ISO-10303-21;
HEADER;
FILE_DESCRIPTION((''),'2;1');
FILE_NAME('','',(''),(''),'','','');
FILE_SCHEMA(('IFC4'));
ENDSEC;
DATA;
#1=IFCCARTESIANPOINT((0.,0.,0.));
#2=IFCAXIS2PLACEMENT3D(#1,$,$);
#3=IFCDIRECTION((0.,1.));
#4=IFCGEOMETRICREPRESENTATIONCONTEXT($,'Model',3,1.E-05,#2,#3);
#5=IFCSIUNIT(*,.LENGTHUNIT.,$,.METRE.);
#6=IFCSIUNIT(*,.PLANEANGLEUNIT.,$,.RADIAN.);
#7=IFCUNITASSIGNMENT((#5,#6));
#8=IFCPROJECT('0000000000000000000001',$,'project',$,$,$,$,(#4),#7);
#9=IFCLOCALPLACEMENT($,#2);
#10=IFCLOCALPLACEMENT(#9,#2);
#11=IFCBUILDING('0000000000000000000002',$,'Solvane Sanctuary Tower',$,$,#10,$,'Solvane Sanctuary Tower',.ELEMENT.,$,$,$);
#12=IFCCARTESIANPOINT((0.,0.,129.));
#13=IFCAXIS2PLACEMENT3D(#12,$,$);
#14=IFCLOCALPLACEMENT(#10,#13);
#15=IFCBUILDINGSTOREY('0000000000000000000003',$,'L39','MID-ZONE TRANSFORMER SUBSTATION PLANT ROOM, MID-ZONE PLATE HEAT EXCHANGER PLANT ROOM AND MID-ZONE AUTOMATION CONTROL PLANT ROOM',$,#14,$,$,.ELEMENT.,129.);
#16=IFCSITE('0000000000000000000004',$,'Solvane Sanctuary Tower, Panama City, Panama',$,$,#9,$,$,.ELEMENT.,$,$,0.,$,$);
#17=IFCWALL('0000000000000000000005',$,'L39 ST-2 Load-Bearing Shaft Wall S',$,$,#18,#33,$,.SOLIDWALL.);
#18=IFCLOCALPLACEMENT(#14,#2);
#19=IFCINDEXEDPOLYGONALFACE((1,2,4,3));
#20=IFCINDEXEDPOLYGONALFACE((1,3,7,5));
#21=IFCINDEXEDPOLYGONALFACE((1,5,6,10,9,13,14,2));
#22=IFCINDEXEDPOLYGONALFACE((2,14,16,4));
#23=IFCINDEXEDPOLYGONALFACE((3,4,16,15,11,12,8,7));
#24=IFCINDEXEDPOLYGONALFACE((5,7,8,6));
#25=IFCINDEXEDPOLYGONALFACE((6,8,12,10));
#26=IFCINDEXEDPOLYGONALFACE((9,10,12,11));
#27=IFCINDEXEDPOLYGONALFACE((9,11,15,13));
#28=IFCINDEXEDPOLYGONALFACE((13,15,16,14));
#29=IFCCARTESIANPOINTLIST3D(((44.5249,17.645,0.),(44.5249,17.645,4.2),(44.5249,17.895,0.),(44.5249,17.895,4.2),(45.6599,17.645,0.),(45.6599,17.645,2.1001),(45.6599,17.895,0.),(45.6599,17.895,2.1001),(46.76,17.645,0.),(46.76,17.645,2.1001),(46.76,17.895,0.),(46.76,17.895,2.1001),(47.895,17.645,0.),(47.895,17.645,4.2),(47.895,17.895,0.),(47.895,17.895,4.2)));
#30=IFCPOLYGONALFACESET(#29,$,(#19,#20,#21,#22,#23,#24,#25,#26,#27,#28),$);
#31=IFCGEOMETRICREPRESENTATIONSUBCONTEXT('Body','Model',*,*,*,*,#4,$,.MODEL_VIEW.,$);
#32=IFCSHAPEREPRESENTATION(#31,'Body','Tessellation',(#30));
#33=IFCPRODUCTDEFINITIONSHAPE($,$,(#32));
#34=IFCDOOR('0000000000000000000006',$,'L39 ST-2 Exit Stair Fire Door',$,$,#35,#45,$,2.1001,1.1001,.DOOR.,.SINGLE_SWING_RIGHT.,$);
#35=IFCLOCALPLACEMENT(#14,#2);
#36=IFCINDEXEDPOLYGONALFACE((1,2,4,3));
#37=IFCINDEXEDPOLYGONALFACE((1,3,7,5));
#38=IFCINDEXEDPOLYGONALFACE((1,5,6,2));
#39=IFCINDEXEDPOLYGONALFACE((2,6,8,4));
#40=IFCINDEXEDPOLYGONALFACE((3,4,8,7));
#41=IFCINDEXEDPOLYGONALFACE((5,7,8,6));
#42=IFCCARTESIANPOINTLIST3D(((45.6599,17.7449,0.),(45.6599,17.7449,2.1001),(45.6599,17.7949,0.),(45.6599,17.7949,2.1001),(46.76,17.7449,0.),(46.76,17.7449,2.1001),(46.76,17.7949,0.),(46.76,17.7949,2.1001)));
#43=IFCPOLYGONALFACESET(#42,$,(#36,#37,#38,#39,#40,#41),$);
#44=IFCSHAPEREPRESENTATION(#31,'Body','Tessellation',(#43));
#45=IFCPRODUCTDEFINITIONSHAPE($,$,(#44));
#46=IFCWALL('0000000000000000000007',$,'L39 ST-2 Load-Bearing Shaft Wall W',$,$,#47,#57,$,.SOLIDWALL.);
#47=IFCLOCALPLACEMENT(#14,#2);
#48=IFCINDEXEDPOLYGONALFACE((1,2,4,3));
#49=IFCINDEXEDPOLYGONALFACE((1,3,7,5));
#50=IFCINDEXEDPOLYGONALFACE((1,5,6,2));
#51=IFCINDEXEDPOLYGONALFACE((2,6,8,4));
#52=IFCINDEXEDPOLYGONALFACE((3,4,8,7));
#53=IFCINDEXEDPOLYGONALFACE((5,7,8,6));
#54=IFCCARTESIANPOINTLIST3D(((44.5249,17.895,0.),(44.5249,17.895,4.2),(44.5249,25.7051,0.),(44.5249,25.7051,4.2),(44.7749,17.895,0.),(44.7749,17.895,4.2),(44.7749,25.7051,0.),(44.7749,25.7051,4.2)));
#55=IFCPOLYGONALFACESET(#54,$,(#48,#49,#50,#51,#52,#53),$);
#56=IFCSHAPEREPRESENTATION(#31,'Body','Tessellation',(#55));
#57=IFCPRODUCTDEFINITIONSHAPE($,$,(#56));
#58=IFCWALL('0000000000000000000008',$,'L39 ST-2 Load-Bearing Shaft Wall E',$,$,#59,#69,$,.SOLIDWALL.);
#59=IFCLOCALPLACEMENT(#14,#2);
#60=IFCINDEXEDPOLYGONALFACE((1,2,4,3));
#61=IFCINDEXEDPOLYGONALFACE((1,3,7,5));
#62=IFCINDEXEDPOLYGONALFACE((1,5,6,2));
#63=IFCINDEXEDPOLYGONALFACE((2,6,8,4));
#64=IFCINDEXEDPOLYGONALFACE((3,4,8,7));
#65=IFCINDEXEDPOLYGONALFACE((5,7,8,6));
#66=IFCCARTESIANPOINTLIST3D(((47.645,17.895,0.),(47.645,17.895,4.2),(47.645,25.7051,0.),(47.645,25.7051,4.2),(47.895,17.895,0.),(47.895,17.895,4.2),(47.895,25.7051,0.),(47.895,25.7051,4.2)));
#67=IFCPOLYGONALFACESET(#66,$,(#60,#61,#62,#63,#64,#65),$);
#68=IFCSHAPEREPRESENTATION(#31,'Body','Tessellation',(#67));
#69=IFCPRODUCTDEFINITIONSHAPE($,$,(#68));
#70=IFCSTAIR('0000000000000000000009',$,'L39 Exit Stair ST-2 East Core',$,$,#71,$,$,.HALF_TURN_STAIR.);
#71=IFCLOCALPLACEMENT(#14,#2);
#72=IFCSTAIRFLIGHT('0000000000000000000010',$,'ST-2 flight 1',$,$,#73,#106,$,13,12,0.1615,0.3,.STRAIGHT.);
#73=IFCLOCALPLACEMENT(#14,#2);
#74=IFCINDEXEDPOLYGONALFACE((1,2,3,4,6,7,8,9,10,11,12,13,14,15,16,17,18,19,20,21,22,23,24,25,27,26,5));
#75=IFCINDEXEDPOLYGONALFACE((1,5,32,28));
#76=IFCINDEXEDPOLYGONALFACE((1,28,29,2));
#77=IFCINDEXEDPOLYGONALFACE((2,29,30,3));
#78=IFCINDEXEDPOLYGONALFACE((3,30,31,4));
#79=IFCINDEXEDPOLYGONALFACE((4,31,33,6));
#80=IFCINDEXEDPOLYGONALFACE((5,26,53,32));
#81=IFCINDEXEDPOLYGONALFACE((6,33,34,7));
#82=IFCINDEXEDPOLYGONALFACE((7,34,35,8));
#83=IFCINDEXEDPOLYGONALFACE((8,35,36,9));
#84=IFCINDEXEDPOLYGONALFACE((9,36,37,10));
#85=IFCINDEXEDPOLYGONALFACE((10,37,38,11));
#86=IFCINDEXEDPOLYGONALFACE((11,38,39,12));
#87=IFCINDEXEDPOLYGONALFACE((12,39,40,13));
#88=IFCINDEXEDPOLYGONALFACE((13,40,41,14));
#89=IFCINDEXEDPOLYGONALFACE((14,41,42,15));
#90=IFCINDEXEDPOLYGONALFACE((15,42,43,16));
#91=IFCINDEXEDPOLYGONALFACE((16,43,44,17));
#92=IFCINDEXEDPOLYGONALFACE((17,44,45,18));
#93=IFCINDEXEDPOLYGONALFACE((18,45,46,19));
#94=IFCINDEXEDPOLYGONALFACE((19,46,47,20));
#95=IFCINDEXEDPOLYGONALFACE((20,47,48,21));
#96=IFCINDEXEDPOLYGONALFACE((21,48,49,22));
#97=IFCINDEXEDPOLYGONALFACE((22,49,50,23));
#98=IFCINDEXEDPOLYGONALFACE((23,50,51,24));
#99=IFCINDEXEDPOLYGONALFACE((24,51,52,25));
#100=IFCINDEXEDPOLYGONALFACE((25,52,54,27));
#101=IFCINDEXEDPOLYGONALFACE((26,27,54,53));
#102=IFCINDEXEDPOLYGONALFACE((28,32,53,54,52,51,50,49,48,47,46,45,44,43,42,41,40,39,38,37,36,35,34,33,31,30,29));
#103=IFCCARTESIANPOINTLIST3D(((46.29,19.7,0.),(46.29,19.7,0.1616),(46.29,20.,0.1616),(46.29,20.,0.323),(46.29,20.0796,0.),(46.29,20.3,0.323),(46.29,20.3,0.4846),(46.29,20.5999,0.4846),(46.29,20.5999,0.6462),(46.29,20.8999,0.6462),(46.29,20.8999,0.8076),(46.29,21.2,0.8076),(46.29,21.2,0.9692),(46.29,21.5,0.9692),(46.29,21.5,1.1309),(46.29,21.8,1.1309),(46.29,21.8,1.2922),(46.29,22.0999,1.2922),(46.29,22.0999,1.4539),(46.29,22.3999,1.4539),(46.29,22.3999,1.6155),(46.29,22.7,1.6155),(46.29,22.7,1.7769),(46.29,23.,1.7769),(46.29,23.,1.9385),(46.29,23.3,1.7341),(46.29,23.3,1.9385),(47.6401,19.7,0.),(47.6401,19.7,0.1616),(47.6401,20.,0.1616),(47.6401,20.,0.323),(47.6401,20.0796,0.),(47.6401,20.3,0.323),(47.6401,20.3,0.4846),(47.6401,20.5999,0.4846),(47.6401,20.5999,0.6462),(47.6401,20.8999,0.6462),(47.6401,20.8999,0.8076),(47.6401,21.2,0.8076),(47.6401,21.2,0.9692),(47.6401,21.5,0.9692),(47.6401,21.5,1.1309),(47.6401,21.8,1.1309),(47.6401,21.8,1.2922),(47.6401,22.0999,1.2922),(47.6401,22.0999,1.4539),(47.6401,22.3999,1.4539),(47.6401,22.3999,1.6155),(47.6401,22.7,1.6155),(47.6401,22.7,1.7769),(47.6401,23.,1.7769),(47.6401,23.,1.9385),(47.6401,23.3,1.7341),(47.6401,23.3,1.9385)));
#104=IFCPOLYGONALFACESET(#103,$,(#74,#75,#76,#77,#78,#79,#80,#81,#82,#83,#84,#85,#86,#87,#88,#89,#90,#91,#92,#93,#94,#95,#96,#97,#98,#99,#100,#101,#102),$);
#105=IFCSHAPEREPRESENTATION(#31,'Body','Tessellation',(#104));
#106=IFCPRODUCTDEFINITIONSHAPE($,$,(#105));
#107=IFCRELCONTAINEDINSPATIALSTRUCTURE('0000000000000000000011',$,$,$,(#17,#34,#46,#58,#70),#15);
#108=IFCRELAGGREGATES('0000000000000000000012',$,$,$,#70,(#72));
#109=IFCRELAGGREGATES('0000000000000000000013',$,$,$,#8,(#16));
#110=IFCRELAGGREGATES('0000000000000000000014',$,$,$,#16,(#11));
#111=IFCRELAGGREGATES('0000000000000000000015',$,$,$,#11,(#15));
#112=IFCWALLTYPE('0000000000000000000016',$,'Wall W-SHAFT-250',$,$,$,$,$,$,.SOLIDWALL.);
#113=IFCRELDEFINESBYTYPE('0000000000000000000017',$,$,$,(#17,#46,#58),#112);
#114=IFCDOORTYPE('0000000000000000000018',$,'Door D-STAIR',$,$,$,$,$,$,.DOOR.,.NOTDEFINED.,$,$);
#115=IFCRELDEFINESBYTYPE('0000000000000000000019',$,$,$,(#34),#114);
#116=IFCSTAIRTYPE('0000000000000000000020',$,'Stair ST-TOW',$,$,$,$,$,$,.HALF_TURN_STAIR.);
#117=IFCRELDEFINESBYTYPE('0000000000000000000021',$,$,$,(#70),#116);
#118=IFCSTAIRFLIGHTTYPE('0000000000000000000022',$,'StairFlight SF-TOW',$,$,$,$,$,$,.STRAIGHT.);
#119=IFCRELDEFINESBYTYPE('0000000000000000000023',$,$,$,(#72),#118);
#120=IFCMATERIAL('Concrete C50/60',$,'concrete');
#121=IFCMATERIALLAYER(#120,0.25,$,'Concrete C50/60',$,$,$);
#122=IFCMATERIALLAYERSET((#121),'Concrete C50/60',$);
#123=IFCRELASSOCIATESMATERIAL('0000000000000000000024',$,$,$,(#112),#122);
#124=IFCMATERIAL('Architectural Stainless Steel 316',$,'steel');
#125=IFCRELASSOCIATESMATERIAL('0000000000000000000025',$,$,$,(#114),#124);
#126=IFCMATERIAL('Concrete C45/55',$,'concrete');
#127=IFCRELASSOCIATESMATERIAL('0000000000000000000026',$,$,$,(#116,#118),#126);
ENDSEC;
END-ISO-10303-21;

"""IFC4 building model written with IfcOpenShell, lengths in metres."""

from ifc_helpers import new_model, si_unit, direction, frame, frame_2d, origin, place, context, subcontext, project, spatial, polyline, rectangle, outline, extrude, material, layer, layer_set, type_object, element, fill, aggregate, save


model = new_model("IFC4")

# Units and contexts
model_context = context("Model", 3, precision=1e-05, world=origin(), true_north=direction((0.0, 1.0)))
body_context = subcontext(model_context, "Body", "Model", "MODEL_VIEW")
ifc_project = project(units=[si_unit("LENGTHUNIT", "METRE"), si_unit("PLANEANGLEUNIT", "RADIAN")], contexts=[model_context])

# Site, building, storey
site_placement = place(None, origin())
site = spatial("IfcSite", under=ifc_project, at=site_placement, Name="Solvane Sanctuary Tower, Panama City, Panama", CompositionType="ELEMENT", RefElevation=0.0)
building_placement = place(site_placement, origin())
building = spatial("IfcBuilding", under=site, at=building_placement, Name="Solvane Sanctuary Tower", LongName="Solvane Sanctuary Tower", CompositionType="ELEMENT")
storey_placement = place(building_placement, frame((0.0, 0.0, 129.0)))
storey = spatial("IfcBuildingStorey", under=building, at=storey_placement, Name="L39", Description="MID-ZONE TRANSFORMER SUBSTATION PLANT ROOM, MID-ZONE PLATE HEAT EXCHANGER PLANT ROOM AND MID-ZONE AUTOMATION CONTROL PLANT ROOM", CompositionType="ELEMENT", Elevation=129.0)

# Shared definitions
ifc_material_1 = material(Name="Concrete C50/60", Category="concrete")
ifc_material_2 = material(Name="Architectural Stainless Steel 316", Category="steel")

# Wall, opening, door
ifc_layer_1 = layer(ifc_material_1, 0.25, Name="Concrete C50/60")
ifc_layer_set_1 = layer_set([ifc_layer_1], Name="Concrete C50/60")
wall_type_1 = type_object("IfcWallType", Name="Wall W-SHAFT-250", PredefinedType="SOLIDWALL", material=ifc_layer_set_1)
wall_1_placement = place(storey_placement, frame((44.5249, 17.77, 0.0), z_axis=(0.0, 0.0, 1.0), x_axis=(1.0, 0.0, 0.0)))
wall_1 = element("IfcWall", 1, at=wall_1_placement, inside=storey, type_object=wall_type_1, Name="L39 ST-2 Load-Bearing Shaft Wall S", PredefinedType="SOLIDWALL", context=body_context, shape_type="SweptSolid", body=[
    extrude(rectangle(XDim=3.3701, YDim=0.25, at=frame_2d((1.6851, 0.0))), origin(), (0.0, 0.0, 1.0), 4.2),
])
opening_1_placement = place(wall_1_placement, frame((1.135, 0.0, 0.0)))
opening_1 = element("IfcOpeningElement", 2, at=opening_1_placement, cuts=wall_1, PredefinedType="OPENING", context=body_context, shape_type="SweptSolid", body=[
    extrude(rectangle(XDim=1.1001, YDim=2.1001, at=frame_2d((0.55, 1.05))), frame((0.0, 0.135, 0.0), z_axis=(0.0, -1.0, 0.0), x_axis=(1.0, 0.0, 0.0)), (0.0, 0.0, 1.0), 0.27),
])
door_type_1 = type_object("IfcDoorType", Name="Door D-STAIR", OperationType="NOTDEFINED", PredefinedType="DOOR", material=ifc_material_2)
door_1_placement = place(opening_1_placement, origin())
door_1 = element("IfcDoor", 3, at=door_1_placement, inside=storey, type_object=door_type_1, Name="L39 ST-2 Exit Stair Fire Door", OperationType="SINGLE_SWING_RIGHT", OverallHeight=2.1001, OverallWidth=1.1001, PredefinedType="DOOR", context=body_context, shape_type="SweptSolid", body=[
    extrude(rectangle(XDim=1.1001, YDim=2.1001, at=frame_2d((0.55, 1.05))), frame((0.0, 0.0249, 0.0), z_axis=(0.0, -1.0, 0.0), x_axis=(1.0, 0.0, 0.0)), (0.0, 0.0, 1.0), 0.05),
])
fill(opening_1, door_1)

# Walls
for number, where, z_axis, x_axis, name in (
    (4, (44.6499, 17.895, 0.0), (0.0, 0.0, 1.0), (0.0, 1.0, 0.0), "L39 ST-2 Load-Bearing Shaft Wall W"),
    (5, (47.77, 17.895, 0.0), (0.0, 0.0, 1.0), (0.0, 1.0, 0.0), "L39 ST-2 Load-Bearing Shaft Wall E"),
):
    element("IfcWall", number, at=place(storey_placement, frame(where, z_axis=z_axis, x_axis=x_axis)), inside=storey, type_object=wall_type_1, Name=name, PredefinedType="SOLIDWALL", context=body_context, shape_type="SweptSolid", body=[
        extrude(rectangle(XDim=7.8101, YDim=0.25, at=frame_2d((3.905, 0.0))), origin(), (0.0, 0.0, 1.0), 4.2),
    ])

# Stair, stair flight
ifc_material_3 = material(Name="Concrete C45/55", Category="concrete")
stair_type = type_object("IfcStairType", Name="Stair ST-TOW", PredefinedType="HALF_TURN_STAIR", material=ifc_material_3)
stair_placement = place(storey_placement, origin())
stair = element("IfcStair", 6, at=stair_placement, inside=storey, type_object=stair_type, Name="L39 Exit Stair ST-2 East Core", PredefinedType="HALF_TURN_STAIR")
stair_flight_type = type_object("IfcStairFlightType", Name="StairFlight SF-TOW", PredefinedType="STRAIGHT", material=ifc_material_3)
stair_flight_placement = place(storey_placement, frame((46.9651, 19.7, 0.0), z_axis=(0.0, 0.0, 1.0), x_axis=(0.0, 1.0, 0.0)))
stair_flight = element("IfcStairFlight", 7, at=stair_flight_placement, type_object=stair_flight_type, Name="ST-2 flight 1", NumberOfRisers=13, NumberOfTreads=12, PredefinedType="STRAIGHT", RiserHeight=0.1615, TreadLength=0.3, context=body_context, shape_type="SweptSolid", body=[
    extrude(outline(polyline([(0.0, 0.0), (0.0, 0.1616), (0.3, 0.1616), (0.3, 0.323), (0.6001, 0.323), (0.6001, 0.4846), (0.8999, 0.4846), (0.8999, 0.6462), (1.2, 0.6462), (1.2, 0.8076), (1.5, 0.8076), (1.5, 0.9692), (1.8, 0.9692), (1.8, 1.1309), (2.1001, 1.1309), (2.1001, 1.2922), (2.3999, 1.2922), (2.3999, 1.4539), (2.7, 1.4539), (2.7, 1.6155), (3.0, 1.6155), (3.0, 1.7769), (3.3, 1.7769), (3.3, 1.9385), (3.6001, 1.9385), (3.6001, 2.1001), (3.6001, 1.7341), (0.3796, 0.0), (0.0, 0.0)])), frame((0.0, 0.675, 0.0), z_axis=(0.0, -1.0, 0.0), x_axis=(1.0, 0.0, 0.0)), (0.0, 0.0, 1.0), 1.3501),
])
aggregate(stair, [stair_flight])

save(model, "model.ifc")
